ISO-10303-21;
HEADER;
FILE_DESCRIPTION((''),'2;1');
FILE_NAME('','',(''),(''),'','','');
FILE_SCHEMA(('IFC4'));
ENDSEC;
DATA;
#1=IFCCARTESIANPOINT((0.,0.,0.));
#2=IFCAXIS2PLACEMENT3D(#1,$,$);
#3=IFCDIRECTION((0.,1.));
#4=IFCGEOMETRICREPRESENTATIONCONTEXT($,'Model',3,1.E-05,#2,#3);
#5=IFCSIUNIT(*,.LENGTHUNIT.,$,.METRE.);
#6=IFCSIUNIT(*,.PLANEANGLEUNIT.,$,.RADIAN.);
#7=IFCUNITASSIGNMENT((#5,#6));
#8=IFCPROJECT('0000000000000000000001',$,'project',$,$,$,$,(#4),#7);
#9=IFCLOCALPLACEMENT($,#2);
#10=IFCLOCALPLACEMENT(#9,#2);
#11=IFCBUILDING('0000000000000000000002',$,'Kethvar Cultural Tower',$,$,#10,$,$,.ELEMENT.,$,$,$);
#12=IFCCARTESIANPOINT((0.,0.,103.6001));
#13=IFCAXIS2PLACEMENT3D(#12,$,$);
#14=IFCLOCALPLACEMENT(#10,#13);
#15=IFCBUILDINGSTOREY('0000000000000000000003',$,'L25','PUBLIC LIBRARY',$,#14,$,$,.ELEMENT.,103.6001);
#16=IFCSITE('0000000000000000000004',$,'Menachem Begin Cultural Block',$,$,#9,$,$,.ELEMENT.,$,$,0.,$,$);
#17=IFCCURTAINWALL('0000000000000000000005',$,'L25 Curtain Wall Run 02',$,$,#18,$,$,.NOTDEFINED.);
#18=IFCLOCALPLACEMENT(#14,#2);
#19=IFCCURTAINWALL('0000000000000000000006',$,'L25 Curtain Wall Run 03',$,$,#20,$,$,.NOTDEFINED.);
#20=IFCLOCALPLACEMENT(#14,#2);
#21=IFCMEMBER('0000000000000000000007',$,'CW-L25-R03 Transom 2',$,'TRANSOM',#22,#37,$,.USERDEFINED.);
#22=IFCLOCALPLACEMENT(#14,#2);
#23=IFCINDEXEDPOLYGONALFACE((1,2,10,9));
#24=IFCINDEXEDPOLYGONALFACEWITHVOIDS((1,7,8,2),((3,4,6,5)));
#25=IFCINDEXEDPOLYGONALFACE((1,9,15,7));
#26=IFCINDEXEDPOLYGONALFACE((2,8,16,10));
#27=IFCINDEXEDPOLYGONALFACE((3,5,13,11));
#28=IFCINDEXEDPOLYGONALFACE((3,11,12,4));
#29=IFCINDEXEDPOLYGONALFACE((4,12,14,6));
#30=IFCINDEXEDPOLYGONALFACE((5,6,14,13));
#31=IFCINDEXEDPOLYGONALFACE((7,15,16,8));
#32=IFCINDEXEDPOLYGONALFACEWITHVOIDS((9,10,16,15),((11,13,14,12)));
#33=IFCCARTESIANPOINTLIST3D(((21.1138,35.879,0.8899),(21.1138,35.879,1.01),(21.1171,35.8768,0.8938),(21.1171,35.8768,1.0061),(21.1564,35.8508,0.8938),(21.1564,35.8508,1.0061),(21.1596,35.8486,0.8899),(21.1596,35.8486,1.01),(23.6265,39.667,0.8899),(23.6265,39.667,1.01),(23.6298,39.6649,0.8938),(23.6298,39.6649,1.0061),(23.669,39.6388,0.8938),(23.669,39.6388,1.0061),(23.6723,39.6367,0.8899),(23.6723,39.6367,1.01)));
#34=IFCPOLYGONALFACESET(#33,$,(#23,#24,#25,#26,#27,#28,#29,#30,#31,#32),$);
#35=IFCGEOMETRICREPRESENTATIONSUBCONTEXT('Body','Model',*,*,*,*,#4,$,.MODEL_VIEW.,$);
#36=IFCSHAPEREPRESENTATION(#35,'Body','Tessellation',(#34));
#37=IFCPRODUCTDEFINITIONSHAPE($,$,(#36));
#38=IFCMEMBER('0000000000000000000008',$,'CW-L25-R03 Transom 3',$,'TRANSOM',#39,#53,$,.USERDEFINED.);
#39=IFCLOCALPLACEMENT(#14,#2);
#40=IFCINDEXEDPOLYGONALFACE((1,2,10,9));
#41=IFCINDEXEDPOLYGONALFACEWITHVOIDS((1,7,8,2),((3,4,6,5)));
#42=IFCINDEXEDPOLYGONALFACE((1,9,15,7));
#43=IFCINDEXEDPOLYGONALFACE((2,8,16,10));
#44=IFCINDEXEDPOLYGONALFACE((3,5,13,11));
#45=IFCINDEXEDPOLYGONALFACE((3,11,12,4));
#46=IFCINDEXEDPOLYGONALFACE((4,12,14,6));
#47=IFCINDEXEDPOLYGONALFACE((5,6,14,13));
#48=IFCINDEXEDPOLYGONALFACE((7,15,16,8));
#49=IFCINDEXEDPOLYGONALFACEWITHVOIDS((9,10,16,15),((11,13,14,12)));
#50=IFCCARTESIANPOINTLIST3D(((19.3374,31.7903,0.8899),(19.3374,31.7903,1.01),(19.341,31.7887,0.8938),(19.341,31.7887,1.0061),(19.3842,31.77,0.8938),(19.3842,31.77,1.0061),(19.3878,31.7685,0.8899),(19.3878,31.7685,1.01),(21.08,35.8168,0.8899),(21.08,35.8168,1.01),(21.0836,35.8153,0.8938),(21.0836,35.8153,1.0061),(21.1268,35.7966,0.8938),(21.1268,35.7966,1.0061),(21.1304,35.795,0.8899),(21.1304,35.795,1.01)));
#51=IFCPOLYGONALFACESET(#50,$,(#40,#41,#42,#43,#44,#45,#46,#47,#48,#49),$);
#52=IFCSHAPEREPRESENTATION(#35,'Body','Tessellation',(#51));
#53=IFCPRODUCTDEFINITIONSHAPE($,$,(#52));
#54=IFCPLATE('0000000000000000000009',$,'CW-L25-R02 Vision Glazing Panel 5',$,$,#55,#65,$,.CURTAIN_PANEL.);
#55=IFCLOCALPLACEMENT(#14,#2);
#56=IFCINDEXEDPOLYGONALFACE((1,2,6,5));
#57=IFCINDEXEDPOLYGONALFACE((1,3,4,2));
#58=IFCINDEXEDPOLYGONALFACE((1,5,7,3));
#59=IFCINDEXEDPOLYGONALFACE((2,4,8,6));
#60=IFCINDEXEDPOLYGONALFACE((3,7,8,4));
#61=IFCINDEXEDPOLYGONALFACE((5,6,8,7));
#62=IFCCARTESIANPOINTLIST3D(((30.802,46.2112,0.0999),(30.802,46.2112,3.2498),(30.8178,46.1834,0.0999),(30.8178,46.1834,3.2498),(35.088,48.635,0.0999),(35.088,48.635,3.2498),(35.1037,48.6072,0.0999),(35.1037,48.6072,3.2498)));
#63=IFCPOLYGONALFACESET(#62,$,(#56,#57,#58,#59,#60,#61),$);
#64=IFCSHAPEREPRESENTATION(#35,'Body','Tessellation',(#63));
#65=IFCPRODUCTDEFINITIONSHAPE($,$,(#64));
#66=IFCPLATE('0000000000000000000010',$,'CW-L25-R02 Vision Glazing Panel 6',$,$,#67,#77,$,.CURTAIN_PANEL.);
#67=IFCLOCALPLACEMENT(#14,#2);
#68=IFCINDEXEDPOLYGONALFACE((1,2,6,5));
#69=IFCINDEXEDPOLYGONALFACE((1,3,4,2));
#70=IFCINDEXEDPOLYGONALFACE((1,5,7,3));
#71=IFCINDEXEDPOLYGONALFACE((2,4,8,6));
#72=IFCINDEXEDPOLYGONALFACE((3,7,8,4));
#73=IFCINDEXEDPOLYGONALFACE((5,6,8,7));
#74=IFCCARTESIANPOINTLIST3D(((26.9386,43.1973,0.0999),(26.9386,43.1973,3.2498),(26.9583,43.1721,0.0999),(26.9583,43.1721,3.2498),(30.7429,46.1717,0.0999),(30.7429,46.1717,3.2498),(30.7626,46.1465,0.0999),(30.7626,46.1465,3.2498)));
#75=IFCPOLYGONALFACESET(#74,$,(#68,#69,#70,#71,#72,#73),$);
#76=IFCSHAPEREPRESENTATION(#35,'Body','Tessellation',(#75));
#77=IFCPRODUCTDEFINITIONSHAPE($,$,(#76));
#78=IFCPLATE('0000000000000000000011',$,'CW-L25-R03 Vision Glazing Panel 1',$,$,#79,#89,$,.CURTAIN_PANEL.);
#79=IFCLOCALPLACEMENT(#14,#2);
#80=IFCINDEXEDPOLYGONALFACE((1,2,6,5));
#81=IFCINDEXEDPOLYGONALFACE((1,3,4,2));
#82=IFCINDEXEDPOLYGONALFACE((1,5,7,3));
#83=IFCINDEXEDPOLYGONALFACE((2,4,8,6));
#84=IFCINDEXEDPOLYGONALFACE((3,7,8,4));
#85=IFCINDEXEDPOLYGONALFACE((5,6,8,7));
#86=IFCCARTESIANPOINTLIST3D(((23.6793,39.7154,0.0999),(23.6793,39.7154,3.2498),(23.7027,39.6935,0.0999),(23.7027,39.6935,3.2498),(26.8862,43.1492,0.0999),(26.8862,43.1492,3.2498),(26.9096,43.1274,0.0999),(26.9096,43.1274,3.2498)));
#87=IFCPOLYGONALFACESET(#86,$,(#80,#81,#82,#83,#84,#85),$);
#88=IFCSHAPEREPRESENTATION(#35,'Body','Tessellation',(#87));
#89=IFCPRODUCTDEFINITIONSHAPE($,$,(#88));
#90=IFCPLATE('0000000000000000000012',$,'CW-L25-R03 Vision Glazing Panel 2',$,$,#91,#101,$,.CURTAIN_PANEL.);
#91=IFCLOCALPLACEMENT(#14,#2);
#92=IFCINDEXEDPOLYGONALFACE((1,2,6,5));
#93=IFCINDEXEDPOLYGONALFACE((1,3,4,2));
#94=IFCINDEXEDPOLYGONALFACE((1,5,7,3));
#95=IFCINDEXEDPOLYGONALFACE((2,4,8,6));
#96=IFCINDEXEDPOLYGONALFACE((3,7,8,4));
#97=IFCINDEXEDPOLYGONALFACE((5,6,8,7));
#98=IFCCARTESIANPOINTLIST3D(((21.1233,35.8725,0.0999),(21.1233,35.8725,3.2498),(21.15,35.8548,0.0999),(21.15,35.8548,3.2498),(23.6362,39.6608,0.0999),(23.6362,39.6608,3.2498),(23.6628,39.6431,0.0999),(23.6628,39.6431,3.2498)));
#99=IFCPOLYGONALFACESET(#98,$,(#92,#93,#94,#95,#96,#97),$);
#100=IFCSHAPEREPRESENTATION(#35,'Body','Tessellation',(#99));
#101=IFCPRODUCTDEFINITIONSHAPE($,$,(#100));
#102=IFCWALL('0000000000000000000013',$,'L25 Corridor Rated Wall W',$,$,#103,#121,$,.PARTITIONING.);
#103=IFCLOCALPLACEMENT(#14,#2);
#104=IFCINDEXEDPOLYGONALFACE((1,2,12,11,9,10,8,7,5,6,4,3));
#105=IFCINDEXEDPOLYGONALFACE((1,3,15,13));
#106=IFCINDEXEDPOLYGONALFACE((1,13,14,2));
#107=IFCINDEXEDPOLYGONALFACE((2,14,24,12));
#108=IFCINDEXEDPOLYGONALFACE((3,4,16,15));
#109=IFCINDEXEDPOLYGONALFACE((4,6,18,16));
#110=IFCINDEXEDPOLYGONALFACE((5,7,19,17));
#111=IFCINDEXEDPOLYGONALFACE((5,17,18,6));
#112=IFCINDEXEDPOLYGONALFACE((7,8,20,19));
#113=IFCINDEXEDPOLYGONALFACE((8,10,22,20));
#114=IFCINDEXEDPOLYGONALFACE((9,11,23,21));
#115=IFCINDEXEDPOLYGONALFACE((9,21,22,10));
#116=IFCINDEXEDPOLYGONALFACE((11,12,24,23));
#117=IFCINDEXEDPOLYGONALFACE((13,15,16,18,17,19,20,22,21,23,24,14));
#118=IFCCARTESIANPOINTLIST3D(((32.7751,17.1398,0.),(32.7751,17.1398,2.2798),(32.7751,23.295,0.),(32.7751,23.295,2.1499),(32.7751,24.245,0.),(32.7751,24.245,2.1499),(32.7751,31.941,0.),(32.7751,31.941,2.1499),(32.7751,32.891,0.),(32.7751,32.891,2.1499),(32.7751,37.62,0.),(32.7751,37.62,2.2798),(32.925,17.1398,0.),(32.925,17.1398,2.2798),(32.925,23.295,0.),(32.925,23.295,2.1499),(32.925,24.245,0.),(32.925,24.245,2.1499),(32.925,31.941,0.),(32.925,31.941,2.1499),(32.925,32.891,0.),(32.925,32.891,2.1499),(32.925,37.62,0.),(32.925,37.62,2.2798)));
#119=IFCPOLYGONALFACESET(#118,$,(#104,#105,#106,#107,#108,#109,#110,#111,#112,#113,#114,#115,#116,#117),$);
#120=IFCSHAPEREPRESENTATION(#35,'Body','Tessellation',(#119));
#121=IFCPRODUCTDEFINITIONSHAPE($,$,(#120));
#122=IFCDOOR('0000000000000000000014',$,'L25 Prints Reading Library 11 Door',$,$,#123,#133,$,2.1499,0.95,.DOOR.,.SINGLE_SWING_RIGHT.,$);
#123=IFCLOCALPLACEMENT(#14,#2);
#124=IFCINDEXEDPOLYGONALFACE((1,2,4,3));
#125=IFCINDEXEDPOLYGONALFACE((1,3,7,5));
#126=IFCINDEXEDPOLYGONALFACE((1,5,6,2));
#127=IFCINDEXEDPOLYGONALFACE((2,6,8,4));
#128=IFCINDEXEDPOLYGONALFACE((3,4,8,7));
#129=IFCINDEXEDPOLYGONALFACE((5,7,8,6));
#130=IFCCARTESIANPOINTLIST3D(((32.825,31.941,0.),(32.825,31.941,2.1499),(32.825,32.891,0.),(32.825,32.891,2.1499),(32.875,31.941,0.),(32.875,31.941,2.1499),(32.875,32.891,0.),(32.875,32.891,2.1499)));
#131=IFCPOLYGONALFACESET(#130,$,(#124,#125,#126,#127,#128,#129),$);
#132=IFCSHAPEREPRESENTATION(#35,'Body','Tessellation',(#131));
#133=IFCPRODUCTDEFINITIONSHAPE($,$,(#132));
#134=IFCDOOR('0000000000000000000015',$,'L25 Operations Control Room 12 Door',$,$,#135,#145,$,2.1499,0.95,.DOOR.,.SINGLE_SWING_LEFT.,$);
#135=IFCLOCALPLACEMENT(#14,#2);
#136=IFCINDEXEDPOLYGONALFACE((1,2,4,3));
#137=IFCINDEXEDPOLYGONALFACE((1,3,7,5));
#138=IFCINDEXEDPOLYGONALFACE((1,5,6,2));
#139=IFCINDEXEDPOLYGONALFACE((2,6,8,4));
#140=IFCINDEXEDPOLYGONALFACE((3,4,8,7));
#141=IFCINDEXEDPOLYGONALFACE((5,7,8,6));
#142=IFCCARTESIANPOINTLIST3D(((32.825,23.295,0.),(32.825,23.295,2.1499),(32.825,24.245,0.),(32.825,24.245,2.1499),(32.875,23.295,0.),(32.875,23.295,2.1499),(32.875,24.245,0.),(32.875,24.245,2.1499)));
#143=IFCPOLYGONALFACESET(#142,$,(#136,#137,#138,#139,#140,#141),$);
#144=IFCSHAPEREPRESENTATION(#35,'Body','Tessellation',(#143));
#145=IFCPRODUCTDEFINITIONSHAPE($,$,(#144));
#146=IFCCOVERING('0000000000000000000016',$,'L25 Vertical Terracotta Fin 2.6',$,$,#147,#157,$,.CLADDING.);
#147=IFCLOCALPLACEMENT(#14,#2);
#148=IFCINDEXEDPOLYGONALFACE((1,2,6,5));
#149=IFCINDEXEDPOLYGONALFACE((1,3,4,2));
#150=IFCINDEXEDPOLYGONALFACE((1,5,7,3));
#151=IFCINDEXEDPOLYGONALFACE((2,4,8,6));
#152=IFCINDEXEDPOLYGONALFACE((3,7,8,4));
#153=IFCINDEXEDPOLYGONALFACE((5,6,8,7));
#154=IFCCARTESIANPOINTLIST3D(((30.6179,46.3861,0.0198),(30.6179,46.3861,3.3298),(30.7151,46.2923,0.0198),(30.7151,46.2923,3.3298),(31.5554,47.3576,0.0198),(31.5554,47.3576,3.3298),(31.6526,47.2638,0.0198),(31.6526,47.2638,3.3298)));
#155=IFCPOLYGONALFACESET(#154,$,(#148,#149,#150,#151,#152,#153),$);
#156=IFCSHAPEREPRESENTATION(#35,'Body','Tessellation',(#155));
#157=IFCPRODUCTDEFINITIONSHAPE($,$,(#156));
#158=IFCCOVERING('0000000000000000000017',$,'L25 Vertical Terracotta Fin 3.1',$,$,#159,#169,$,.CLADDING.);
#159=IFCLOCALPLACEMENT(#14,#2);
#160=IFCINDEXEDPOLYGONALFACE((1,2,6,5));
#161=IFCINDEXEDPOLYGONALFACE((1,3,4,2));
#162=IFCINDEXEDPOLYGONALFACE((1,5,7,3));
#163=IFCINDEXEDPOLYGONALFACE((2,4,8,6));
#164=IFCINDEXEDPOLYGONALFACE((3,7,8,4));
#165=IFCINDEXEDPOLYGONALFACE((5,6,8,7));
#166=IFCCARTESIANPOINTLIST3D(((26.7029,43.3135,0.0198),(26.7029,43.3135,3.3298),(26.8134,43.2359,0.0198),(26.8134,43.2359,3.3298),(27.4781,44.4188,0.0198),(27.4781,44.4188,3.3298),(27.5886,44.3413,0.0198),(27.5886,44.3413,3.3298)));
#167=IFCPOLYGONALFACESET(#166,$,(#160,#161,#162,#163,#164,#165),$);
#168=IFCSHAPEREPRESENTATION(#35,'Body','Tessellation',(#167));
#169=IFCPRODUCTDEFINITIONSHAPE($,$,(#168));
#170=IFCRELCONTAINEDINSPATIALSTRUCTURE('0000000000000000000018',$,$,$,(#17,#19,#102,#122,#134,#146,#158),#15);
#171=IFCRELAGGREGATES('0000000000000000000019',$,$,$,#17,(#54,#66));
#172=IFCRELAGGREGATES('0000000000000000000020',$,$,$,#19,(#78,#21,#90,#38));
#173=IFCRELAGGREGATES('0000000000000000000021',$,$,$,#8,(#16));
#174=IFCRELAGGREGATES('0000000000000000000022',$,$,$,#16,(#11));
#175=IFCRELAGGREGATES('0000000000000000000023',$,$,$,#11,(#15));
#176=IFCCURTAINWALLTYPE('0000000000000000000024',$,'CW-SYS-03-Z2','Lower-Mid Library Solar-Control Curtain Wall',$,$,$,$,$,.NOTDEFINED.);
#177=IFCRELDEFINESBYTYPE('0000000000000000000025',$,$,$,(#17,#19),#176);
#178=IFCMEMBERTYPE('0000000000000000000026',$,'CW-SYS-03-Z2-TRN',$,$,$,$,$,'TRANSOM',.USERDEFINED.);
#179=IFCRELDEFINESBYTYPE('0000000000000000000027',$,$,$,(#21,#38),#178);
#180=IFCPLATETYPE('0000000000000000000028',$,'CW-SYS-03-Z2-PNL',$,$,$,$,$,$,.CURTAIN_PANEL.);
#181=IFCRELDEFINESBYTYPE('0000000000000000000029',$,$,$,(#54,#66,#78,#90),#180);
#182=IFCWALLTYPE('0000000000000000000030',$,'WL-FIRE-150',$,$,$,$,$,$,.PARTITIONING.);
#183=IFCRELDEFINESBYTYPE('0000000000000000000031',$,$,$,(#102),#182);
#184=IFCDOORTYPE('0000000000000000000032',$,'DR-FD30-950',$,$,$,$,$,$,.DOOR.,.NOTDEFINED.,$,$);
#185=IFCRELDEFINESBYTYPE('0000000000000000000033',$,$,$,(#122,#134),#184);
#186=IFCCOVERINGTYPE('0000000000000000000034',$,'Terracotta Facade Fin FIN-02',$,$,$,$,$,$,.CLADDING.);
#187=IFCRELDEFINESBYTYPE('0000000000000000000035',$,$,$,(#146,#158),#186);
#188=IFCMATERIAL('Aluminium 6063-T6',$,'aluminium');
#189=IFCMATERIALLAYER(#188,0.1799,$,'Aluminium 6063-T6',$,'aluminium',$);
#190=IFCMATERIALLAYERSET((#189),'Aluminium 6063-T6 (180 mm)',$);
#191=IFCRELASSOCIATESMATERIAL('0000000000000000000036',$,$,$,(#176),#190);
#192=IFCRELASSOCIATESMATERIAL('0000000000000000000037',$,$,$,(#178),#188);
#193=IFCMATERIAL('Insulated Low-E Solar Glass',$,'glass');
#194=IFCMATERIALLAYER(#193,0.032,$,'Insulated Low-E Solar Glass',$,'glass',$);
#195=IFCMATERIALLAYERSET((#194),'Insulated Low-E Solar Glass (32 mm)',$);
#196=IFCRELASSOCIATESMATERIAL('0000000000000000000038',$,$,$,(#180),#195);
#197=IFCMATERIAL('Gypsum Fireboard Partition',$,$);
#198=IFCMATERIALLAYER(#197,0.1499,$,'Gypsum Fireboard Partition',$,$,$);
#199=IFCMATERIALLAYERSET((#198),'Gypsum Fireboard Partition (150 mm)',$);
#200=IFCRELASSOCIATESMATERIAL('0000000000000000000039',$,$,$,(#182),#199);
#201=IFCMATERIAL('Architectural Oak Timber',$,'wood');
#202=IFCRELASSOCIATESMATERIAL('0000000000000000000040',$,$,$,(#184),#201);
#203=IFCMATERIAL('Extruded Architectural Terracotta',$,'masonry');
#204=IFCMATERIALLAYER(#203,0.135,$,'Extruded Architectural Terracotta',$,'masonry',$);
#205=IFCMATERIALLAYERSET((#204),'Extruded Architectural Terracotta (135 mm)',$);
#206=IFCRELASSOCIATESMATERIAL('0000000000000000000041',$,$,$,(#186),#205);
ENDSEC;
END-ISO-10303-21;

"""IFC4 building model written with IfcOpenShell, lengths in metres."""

from ifc_helpers import new_model, si_unit, direction, frame, frame_2d, origin, origin_2d, place, context, subcontext, project, spatial, rectangle, hollow_rectangle, extrude, source, transform, mapped, material, layer, layer_set, material_profile, profile_set, type_object, element, fill, aggregate, save


model = new_model("IFC4")

# Units and contexts
model_context = context("Model", 3, precision=1e-05, world=origin(), true_north=direction((0.0, 1.0)))
body_context = subcontext(model_context, "Body", "Model", "MODEL_VIEW")
ifc_project = project(units=[si_unit("LENGTHUNIT", "METRE"), si_unit("PLANEANGLEUNIT", "RADIAN")], contexts=[model_context])

# Site, building, storey
site_placement = place(None, origin())
site = spatial("IfcSite", under=ifc_project, at=site_placement, Name="Menachem Begin Cultural Block", CompositionType="ELEMENT", RefElevation=0.0)
building_placement = place(site_placement, origin())
building = spatial("IfcBuilding", under=site, at=building_placement, Name="Kethvar Cultural Tower", CompositionType="ELEMENT")
storey_placement = place(building_placement, frame((0.0, 0.0, 103.6001)))
storey = spatial("IfcBuildingStorey", under=building, at=storey_placement, Name="L25", Description="PUBLIC LIBRARY", CompositionType="ELEMENT", Elevation=103.6001)

# Curtain walls
ifc_material_1 = material(Name="Aluminium 6063-T6", Category="aluminium")
ifc_layer_1 = layer(ifc_material_1, 0.1799, Name="Aluminium 6063-T6", Category="aluminium")
ifc_layer_set_1 = layer_set([ifc_layer_1], Name="Aluminium 6063-T6 (180 mm)")
curtain_wall_type = type_object("IfcCurtainWallType", Name="CW-SYS-03-Z2", Description="Lower-Mid Library Solar-Control Curtain Wall", PredefinedType="NOTDEFINED", material=ifc_layer_set_1)
curtain_wall_1_placement = place(storey_placement, origin())
curtain_wall_1 = element("IfcCurtainWall", 1, at=curtain_wall_1_placement, inside=storey, type_object=curtain_wall_type, Name="L25 Curtain Wall Run 02", PredefinedType="NOTDEFINED")
curtain_wall_2_placement = place(storey_placement, origin())
curtain_wall_2 = element("IfcCurtainWall", 2, at=curtain_wall_2_placement, inside=storey, type_object=curtain_wall_type, Name="L25 Curtain Wall Run 03", PredefinedType="NOTDEFINED")

# Members
ifc_material_profile_1 = material_profile(ifc_material_1, hollow_rectangle(XDim=0.0549, YDim=0.1201, WallThickness=0.0039, at=origin_2d()), Name="Aluminium 6063-T6 — RHS120x55x4")
ifc_profile_set_1 = profile_set([ifc_material_profile_1], Name="Aluminium 6063-T6 — RHS120x55x4")
member_type_1 = type_object("IfcMemberType", Name="CW-SYS-03-Z2-TRN", ElementType="TRANSOM", PredefinedType="USERDEFINED", material=ifc_profile_set_1)
shared_shape_1 = source(origin(), body_context, "Body", "SweptSolid", [
    extrude(hollow_rectangle(XDim=0.0549, YDim=0.1201, WallThickness=0.0039, at=origin_2d()), origin(), (0.0, 0.0, 1.0), 4.5457),
])
member_1_placement = place(storey_placement, frame((23.6494, 39.6519, 0.95), z_axis=(-0.552765, -0.833337, 0.0), x_axis=(0.833337, -0.552765, 0.0)))
member_1 = element("IfcMember", 3, at=member_1_placement, type_object=member_type_1, Name="CW-L25-R03 Transom 2", ObjectType="TRANSOM", PredefinedType="USERDEFINED", context=body_context, shape_type="MappedRepresentation", body=[
    mapped(shared_shape_1, transform((0.0, 0.0, 0.0), scale=1.0)),
])
shared_shape_2 = source(origin(), body_context, "Body", "SweptSolid", [
    extrude(hollow_rectangle(XDim=0.0549, YDim=0.1201, WallThickness=0.0039, at=origin_2d()), origin(), (0.0, 0.0, 1.0), 4.3875),
])
member_2_placement = place(storey_placement, frame((21.1052, 35.8059, 0.95), z_axis=(-0.397187, -0.917738, 0.0), x_axis=(0.917738, -0.397187, 0.0)))
member_2 = element("IfcMember", 4, at=member_2_placement, type_object=member_type_1, Name="CW-L25-R03 Transom 3", ObjectType="TRANSOM", PredefinedType="USERDEFINED", context=body_context, shape_type="MappedRepresentation", body=[
    mapped(shared_shape_2, transform((0.0, 0.0, 0.0), scale=1.0)),
])

# Plates
ifc_material_2 = material(Name="Insulated Low-E Solar Glass", Category="glass")
ifc_layer_2 = layer(ifc_material_2, 0.032, Name="Insulated Low-E Solar Glass", Category="glass")
ifc_layer_set_2 = layer_set([ifc_layer_2], Name="Insulated Low-E Solar Glass (32 mm)")
plate_type = type_object("IfcPlateType", Name="CW-SYS-03-Z2-PNL", PredefinedType="CURTAIN_PANEL", material=ifc_layer_set_2)
shared_shape_3 = source(origin(), body_context, "Body", "SweptSolid", [
    extrude(rectangle(XDim=4.9238, YDim=0.032, at=origin_2d()), origin(), (0.0, 0.0, 1.0), 3.1499),
])
plate_1_placement = place(storey_placement, frame((32.9529, 47.4092, 0.0999), z_axis=(0.0, 0.0, 1.0), x_axis=(-0.87045, -0.492256, 0.0)))
plate_1 = element("IfcPlate", 5, at=plate_1_placement, type_object=plate_type, Name="CW-L25-R02 Vision Glazing Panel 5", PredefinedType="CURTAIN_PANEL", context=body_context, shape_type="MappedRepresentation", body=[
    mapped(shared_shape_3, transform((0.0, 0.0, 0.0), scale=1.0)),
])
shared_shape_4 = source(origin(), body_context, "Body", "SweptSolid", [
    extrude(rectangle(XDim=4.8291, YDim=0.032, at=origin_2d()), origin(), (0.0, 0.0, 1.0), 3.1499),
])
plate_2_placement = place(storey_placement, frame((28.8506, 44.6719, 0.0999), z_axis=(0.0, 0.0, 1.0), x_axis=(-0.787796, -0.615937, 0.0)))
plate_2 = element("IfcPlate", 6, at=plate_2_placement, type_object=plate_type, Name="CW-L25-R02 Vision Glazing Panel 6", PredefinedType="CURTAIN_PANEL", context=body_context, shape_type="MappedRepresentation", body=[
    mapped(shared_shape_4, transform((0.0, 0.0, 0.0), scale=1.0)),
])
aggregate(curtain_wall_1, [plate_1, plate_2])
shared_shape_5 = source(origin(), body_context, "Body", "SweptSolid", [
    extrude(rectangle(XDim=4.6985, YDim=0.032, at=origin_2d()), origin(), (0.0, 0.0, 1.0), 3.1499),
])
plate_3_placement = place(storey_placement, frame((25.2944, 41.4214, 0.0999), z_axis=(0.0, 0.0, 1.0), x_axis=(-0.682547, -0.730842, 0.0)))
plate_3 = element("IfcPlate", 7, at=plate_3_placement, type_object=plate_type, Name="CW-L25-R03 Vision Glazing Panel 1", PredefinedType="CURTAIN_PANEL", context=body_context, shape_type="MappedRepresentation", body=[
    mapped(shared_shape_5, transform((0.0, 0.0, 0.0), scale=1.0)),
])
shared_shape_6 = source(origin(), body_context, "Body", "SweptSolid", [
    extrude(rectangle(XDim=4.5459, YDim=0.032, at=origin_2d()), origin(), (0.0, 0.0, 1.0), 3.1499),
])
plate_4_placement = place(storey_placement, frame((22.3931, 37.7578, 0.0999), z_axis=(0.0, 0.0, 1.0), x_axis=(-0.552766, -0.833336, 0.0)))
plate_4 = element("IfcPlate", 8, at=plate_4_placement, type_object=plate_type, Name="CW-L25-R03 Vision Glazing Panel 2", PredefinedType="CURTAIN_PANEL", context=body_context, shape_type="MappedRepresentation", body=[
    mapped(shared_shape_6, transform((0.0, 0.0, 0.0), scale=1.0)),
])
aggregate(curtain_wall_2, [plate_3, member_1, plate_4, member_2])

# Wall, openings, doors
ifc_material_3 = material(Name="Gypsum Fireboard Partition")
ifc_layer_3 = layer(ifc_material_3, 0.1499, Name="Gypsum Fireboard Partition")
ifc_layer_set_3 = layer_set([ifc_layer_3], Name="Gypsum Fireboard Partition (150 mm)")
wall_type = type_object("IfcWallType", Name="WL-FIRE-150", PredefinedType="PARTITIONING", material=ifc_layer_set_3)
wall_placement = place(storey_placement, frame((32.8501, 37.6201, 0.0), z_axis=(0.0, 0.0, 1.0), x_axis=(0.0, -1.0, 0.0)))
wall = element("IfcWall", 9, at=wall_placement, inside=storey, type_object=wall_type, Name="L25 Corridor Rated Wall W", PredefinedType="PARTITIONING", context=body_context, shape_type="SweptSolid", body=[
    extrude(rectangle(XDim=20.4802, YDim=0.1499, at=frame_2d((10.2402, 0.0))), origin(), (0.0, 0.0, 1.0), 2.2798),
])
opening_1_placement = place(wall_placement, frame((4.729, 0.0, 0.0)))
opening_1 = element("IfcOpeningElement", 10, at=opening_1_placement, cuts=wall, PredefinedType="OPENING", context=body_context, shape_type="SweptSolid", body=[
    extrude(rectangle(XDim=0.95, YDim=2.1499, at=frame_2d((0.4751, 1.075))), frame((0.0, 0.085, 0.0), z_axis=(0.0, -1.0, 0.0), x_axis=(1.0, 0.0, 0.0)), (0.0, 0.0, 1.0), 0.1699),
])
opening_2_placement = place(wall_placement, frame((13.375, 0.0, 0.0)))
opening_2 = element("IfcOpeningElement", 11, at=opening_2_placement, cuts=wall, PredefinedType="OPENING", context=body_context, shape_type="SweptSolid", body=[
    extrude(rectangle(XDim=0.95, YDim=2.1499, at=frame_2d((0.4751, 1.075))), frame((0.0, 0.085, 0.0), z_axis=(0.0, -1.0, 0.0), x_axis=(1.0, 0.0, 0.0)), (0.0, 0.0, 1.0), 0.1699),
])
ifc_material_4 = material(Name="Architectural Oak Timber", Category="wood")
door_type = type_object("IfcDoorType", Name="DR-FD30-950", OperationType="NOTDEFINED", PredefinedType="DOOR", material=ifc_material_4)
shared_shape_7 = source(origin(), body_context, "Body", "SweptSolid", [
    extrude(rectangle(XDim=0.95, YDim=2.1499, at=frame_2d((0.4751, 1.075))), frame((0.0, 0.0249, 0.0), z_axis=(0.0, -1.0, 0.0), x_axis=(1.0, 0.0, 0.0)), (0.0, 0.0, 1.0), 0.05),
])
door_1_placement = place(opening_1_placement, origin())
door_1 = element("IfcDoor", 12, at=door_1_placement, inside=storey, type_object=door_type, Name="L25 Prints Reading Library 11 Door", OperationType="SINGLE_SWING_RIGHT", OverallHeight=2.1499, OverallWidth=0.95, PredefinedType="DOOR", context=body_context, shape_type="MappedRepresentation", body=[
    mapped(shared_shape_7, transform((0.0, 0.0, 0.0), scale=1.0)),
])
fill(opening_1, door_1)
door_2_placement = place(opening_2_placement, origin())
door_2 = element("IfcDoor", 13, at=door_2_placement, inside=storey, type_object=door_type, Name="L25 Operations Control Room 12 Door", OperationType="SINGLE_SWING_LEFT", OverallHeight=2.1499, OverallWidth=0.95, PredefinedType="DOOR", context=body_context, shape_type="MappedRepresentation", body=[
    mapped(shared_shape_7, transform((0.0, 0.0, 0.0), scale=1.0)),
])
fill(opening_2, door_2)

# Coverings
ifc_material_5 = material(Name="Extruded Architectural Terracotta", Category="masonry")
ifc_layer_4 = layer(ifc_material_5, 0.135, Name="Extruded Architectural Terracotta", Category="masonry")
ifc_layer_set_4 = layer_set([ifc_layer_4], Name="Extruded Architectural Terracotta (135 mm)")
covering_type = type_object("IfcCoveringType", Name="Terracotta Facade Fin FIN-02", PredefinedType="CLADDING", material=ifc_layer_set_4)
shared_shape_8 = source(origin(), body_context, "Body", "SweptSolid", [
    extrude(rectangle(XDim=1.3501, YDim=0.135, at=origin_2d()), origin(), (0.0, 0.0, 1.0), 3.3101),
])
for number, where, z_axis, x_axis, name in (
    (14, (31.1353, 46.825, 0.0198), (0.0, 0.0, 1.0), (0.694407, 0.719582, 0.0), "L25 Vertical Terracotta Fin 2.6"),
    (15, (27.1458, 43.8274, 0.0198), (0.0, 0.0, 1.0), (0.574148, 0.818751, 0.0), "L25 Vertical Terracotta Fin 3.1"),
):
    element("IfcCovering", number, at=place(storey_placement, frame(where, z_axis=z_axis, x_axis=x_axis)), inside=storey, type_object=covering_type, Name=name, PredefinedType="CLADDING", context=body_context, shape_type="MappedRepresentation", body=[
        mapped(shared_shape_8, transform((0.0, 0.0, 0.0), scale=1.0)),
    ])

save(model, "model.ifc")
